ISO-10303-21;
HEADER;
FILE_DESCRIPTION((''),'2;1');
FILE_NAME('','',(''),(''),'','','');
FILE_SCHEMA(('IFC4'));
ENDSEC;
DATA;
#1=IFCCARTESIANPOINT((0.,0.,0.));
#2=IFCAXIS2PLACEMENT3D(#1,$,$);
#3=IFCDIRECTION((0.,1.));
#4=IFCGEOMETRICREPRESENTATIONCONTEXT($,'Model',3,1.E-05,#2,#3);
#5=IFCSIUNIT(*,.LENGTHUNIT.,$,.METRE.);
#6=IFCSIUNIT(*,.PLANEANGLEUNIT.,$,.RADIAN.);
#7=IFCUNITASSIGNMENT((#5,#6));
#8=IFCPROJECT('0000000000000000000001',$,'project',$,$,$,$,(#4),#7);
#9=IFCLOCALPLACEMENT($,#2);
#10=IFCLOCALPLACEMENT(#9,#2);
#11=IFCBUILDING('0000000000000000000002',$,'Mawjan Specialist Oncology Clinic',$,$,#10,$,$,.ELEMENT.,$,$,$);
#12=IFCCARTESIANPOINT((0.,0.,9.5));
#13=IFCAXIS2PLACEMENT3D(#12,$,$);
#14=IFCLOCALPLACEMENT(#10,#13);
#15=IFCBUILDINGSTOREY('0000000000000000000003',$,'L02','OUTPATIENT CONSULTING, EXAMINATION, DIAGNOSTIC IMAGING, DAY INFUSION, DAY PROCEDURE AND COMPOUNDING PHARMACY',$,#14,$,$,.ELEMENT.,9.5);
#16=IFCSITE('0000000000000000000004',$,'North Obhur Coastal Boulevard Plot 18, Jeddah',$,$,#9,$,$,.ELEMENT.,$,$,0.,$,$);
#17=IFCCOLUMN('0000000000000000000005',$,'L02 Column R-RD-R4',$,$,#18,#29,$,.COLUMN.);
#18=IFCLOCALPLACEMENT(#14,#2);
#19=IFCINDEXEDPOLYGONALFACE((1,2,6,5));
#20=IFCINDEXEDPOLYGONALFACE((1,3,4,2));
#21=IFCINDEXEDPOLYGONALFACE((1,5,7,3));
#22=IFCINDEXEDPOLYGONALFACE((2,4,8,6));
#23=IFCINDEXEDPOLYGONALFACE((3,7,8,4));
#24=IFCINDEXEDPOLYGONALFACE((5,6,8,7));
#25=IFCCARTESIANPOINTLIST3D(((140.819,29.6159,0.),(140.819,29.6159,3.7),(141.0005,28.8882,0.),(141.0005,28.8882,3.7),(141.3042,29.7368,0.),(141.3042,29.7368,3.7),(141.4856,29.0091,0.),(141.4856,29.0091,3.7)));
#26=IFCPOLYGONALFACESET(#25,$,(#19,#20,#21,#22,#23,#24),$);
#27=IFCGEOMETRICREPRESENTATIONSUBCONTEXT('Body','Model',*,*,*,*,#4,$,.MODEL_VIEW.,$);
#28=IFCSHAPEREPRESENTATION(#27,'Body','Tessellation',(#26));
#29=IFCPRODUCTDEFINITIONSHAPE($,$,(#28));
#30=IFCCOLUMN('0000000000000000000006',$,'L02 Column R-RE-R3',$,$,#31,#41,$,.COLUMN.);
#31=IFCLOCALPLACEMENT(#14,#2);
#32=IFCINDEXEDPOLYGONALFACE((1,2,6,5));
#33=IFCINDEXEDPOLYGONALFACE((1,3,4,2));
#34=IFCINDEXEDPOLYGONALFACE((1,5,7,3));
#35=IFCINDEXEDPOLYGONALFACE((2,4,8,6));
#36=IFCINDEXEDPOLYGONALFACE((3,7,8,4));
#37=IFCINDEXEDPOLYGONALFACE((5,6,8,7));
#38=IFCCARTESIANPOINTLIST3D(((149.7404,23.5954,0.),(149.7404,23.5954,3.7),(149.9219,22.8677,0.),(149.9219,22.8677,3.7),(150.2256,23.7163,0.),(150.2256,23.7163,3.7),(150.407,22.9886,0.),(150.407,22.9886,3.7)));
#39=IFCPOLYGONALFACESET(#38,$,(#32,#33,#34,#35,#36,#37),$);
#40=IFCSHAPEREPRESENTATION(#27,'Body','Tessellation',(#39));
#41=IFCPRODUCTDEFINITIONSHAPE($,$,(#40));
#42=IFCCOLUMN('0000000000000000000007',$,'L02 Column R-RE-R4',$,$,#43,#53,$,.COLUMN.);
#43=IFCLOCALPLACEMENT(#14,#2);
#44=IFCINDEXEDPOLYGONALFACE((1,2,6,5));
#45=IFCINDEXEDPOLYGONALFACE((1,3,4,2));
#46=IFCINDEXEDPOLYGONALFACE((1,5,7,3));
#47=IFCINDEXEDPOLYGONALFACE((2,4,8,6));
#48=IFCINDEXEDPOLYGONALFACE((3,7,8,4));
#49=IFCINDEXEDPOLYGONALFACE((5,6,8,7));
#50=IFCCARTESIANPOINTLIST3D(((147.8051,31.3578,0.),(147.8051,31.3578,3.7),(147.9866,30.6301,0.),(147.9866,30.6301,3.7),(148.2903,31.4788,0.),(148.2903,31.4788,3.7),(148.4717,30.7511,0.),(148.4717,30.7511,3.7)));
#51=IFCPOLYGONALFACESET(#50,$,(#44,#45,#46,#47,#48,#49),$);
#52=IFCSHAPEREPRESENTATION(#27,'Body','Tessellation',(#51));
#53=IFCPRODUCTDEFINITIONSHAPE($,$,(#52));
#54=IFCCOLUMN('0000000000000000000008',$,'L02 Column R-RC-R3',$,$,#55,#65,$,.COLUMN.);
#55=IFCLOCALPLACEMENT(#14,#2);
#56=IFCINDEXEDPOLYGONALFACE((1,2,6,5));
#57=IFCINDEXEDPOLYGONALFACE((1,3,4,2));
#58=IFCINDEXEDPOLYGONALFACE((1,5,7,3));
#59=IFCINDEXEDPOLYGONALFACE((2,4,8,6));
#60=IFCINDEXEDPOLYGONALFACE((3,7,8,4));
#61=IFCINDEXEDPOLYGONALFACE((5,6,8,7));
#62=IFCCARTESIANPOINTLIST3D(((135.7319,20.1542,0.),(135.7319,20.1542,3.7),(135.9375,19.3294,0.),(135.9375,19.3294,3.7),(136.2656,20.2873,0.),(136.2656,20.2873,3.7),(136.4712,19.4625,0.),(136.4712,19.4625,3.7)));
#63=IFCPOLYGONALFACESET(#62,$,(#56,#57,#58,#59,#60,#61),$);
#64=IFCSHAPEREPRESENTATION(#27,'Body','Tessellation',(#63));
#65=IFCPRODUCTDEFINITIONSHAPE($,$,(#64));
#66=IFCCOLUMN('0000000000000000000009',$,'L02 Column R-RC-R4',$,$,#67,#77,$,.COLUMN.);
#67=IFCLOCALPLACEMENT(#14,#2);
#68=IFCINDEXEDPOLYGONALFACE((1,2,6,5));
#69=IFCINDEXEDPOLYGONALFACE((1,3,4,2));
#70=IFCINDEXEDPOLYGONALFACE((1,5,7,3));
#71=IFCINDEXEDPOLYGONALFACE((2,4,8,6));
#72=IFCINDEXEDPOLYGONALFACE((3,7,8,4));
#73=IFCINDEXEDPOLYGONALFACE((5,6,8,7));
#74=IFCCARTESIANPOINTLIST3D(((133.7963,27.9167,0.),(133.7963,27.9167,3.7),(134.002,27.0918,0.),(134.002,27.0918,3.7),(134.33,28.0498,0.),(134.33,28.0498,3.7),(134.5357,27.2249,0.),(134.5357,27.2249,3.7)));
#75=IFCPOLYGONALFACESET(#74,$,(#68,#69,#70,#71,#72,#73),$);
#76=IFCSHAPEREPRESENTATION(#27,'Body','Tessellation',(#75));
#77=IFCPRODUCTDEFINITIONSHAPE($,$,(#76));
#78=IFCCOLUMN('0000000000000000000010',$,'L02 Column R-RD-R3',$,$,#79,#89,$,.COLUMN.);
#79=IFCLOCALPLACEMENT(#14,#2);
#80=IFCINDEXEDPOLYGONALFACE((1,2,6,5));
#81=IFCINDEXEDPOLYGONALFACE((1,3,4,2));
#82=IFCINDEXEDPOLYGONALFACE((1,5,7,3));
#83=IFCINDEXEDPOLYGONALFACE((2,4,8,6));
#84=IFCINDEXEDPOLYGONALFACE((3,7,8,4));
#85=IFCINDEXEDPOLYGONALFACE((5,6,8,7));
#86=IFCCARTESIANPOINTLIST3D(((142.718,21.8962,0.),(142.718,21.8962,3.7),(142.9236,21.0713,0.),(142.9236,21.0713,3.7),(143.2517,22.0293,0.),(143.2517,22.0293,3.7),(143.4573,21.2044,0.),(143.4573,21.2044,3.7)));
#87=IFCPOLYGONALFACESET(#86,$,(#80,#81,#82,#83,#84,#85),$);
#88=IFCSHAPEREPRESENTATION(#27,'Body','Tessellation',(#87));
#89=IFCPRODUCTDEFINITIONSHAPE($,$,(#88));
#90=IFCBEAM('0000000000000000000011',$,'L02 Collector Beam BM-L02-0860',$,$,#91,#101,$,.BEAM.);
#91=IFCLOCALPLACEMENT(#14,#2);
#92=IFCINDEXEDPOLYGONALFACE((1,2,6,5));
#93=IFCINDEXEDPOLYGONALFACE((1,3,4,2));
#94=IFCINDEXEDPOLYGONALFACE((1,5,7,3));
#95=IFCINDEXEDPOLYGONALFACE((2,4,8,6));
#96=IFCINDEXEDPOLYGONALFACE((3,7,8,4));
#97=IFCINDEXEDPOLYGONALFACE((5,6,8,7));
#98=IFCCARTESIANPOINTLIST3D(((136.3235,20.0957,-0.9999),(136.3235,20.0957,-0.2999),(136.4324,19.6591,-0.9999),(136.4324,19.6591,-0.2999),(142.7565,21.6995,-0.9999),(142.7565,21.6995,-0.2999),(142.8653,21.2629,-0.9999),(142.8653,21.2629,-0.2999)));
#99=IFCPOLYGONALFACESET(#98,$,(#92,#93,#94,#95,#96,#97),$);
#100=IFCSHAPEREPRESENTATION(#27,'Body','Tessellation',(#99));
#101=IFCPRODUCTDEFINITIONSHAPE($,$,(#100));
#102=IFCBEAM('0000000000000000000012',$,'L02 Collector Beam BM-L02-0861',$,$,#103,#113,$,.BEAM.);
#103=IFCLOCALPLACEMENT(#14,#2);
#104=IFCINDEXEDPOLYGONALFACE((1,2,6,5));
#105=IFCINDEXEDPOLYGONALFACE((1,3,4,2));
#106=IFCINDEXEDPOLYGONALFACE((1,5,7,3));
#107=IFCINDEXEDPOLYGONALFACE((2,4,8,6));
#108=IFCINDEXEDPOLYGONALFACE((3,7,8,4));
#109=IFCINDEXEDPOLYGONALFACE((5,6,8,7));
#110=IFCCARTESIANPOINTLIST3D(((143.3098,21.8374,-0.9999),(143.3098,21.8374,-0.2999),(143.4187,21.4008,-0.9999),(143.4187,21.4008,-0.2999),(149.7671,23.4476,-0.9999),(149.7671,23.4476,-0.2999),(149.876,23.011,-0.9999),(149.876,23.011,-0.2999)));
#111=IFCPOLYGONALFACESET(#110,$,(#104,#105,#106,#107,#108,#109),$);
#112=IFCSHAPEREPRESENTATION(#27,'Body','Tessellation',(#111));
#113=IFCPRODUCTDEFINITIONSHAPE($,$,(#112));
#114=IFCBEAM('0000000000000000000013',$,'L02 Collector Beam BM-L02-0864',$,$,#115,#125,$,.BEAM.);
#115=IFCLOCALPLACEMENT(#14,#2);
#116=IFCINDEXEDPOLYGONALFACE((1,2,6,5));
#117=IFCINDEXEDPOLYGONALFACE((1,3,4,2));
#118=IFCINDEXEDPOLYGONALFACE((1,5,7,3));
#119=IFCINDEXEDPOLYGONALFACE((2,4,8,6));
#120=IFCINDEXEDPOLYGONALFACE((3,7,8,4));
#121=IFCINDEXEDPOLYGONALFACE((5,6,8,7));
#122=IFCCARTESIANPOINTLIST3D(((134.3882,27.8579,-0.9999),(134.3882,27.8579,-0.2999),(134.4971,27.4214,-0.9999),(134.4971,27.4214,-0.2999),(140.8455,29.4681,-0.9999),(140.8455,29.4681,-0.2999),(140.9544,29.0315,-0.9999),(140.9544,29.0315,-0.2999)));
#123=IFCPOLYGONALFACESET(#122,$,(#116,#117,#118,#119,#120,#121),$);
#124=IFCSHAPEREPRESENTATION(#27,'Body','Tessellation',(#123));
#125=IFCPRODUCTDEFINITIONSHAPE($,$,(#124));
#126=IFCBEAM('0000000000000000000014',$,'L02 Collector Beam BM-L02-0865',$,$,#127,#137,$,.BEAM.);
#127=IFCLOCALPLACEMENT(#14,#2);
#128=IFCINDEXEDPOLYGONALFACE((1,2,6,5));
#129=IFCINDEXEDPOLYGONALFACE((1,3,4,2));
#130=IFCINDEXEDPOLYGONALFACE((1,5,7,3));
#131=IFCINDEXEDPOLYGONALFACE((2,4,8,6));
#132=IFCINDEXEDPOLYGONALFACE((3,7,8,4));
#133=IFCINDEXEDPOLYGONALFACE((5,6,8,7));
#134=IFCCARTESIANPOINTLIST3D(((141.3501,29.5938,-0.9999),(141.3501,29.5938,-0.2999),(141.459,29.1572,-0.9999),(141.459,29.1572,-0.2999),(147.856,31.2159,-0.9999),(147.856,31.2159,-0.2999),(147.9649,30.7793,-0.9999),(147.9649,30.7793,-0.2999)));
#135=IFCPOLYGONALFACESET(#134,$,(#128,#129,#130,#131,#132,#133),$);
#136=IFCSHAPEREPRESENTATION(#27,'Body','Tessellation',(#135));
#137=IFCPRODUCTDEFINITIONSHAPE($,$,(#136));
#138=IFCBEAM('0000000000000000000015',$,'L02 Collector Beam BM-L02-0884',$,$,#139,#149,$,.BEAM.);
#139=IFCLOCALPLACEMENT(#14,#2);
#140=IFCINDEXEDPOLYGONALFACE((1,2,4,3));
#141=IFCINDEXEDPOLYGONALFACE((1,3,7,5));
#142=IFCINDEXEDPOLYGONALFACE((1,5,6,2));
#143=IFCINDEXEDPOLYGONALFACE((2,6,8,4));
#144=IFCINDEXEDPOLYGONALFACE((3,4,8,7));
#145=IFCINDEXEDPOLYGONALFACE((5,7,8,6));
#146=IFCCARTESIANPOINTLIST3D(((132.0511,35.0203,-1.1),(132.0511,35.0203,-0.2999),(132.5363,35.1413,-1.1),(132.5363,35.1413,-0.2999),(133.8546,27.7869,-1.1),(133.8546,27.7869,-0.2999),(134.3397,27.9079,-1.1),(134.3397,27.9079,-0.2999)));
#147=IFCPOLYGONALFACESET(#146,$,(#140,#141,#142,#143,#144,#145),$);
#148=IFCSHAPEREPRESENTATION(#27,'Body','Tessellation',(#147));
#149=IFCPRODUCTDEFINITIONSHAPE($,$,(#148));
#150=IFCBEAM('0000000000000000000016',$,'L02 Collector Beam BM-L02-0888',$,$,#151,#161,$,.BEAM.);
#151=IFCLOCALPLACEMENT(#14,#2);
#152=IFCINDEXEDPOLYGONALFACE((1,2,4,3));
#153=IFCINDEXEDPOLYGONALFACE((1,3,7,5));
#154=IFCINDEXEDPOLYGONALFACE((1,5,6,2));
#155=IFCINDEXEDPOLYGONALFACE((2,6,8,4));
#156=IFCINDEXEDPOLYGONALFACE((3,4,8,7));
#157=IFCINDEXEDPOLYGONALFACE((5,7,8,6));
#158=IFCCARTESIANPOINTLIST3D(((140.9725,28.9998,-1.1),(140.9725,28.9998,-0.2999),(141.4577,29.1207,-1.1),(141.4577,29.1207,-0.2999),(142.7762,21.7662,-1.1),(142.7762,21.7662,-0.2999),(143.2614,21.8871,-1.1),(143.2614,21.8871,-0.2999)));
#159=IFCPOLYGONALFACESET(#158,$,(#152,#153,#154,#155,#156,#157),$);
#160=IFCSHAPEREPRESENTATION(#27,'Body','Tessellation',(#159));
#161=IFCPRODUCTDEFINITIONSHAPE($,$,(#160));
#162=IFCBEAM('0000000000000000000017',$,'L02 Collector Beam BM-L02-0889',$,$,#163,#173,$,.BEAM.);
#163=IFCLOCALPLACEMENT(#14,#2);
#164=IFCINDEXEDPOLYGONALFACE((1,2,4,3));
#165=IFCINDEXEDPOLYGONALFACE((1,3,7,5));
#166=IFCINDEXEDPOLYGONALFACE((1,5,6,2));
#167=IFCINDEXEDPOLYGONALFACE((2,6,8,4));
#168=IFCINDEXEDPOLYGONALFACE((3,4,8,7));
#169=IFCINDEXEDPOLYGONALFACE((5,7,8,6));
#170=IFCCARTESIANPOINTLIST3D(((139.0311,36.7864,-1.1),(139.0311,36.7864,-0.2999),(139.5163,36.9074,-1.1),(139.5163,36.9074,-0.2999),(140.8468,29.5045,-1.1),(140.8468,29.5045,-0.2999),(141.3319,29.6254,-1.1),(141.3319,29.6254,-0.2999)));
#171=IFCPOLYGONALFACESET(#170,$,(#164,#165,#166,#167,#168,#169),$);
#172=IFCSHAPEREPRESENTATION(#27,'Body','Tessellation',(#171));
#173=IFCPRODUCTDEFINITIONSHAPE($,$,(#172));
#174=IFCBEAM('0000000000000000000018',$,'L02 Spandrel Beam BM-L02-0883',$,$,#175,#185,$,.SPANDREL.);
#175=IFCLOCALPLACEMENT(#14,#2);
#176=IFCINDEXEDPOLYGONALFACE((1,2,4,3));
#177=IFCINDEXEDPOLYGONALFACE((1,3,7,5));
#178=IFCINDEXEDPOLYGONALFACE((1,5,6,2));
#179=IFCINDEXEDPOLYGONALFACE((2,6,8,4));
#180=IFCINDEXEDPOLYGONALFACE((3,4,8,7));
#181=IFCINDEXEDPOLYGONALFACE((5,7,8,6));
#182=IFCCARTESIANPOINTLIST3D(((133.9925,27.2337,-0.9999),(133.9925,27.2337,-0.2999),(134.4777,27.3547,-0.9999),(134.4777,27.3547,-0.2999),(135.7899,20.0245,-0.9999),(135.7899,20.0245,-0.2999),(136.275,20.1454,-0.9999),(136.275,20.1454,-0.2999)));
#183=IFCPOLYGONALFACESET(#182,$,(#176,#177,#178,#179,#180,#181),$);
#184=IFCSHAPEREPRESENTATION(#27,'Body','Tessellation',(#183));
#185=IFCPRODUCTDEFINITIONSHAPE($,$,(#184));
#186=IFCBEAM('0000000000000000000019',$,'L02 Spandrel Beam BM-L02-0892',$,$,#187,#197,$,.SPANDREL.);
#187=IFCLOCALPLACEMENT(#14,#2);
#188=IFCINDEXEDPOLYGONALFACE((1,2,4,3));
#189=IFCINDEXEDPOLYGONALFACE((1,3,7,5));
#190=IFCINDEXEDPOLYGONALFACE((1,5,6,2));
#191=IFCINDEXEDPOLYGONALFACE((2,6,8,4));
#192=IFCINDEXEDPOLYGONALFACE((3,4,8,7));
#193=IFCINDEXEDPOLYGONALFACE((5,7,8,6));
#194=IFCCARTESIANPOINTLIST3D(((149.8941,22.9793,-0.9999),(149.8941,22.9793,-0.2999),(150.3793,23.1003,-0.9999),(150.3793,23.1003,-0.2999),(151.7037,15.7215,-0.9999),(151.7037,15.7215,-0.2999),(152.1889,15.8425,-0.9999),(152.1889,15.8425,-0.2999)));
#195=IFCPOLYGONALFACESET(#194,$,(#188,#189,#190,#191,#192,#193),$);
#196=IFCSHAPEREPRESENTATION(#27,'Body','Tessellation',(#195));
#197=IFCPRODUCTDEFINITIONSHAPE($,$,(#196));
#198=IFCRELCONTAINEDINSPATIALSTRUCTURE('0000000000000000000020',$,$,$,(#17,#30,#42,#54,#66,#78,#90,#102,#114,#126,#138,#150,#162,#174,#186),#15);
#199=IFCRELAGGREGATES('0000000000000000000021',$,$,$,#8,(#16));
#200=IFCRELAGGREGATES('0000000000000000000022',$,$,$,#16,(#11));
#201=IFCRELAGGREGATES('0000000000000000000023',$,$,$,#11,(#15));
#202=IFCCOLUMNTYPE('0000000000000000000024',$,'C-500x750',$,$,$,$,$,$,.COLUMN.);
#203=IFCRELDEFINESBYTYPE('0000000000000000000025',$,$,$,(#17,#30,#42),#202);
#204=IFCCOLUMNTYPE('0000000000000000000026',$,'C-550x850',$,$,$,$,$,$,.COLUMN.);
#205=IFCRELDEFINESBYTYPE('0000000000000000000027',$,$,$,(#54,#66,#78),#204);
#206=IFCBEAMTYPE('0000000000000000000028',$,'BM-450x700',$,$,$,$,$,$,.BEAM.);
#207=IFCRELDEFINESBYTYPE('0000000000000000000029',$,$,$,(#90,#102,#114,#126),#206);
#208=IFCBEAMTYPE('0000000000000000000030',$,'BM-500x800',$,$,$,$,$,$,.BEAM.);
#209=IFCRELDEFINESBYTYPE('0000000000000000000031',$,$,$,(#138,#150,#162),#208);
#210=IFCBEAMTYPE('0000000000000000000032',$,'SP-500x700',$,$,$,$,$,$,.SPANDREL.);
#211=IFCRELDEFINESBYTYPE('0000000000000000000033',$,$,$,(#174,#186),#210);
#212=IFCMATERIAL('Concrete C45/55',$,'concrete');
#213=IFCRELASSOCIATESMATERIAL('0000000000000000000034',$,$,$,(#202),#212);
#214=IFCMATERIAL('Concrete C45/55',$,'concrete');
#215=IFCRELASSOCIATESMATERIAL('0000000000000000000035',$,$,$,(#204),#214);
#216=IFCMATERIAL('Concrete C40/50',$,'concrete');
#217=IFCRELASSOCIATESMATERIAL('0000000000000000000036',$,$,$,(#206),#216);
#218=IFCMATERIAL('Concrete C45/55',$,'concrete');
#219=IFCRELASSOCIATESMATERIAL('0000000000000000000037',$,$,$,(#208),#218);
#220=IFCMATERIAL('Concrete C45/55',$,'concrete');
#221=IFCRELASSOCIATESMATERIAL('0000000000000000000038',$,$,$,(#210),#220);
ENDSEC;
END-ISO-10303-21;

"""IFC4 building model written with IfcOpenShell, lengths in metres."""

from ifc_helpers import new_model, si_unit, direction, frame, origin, origin_2d, place, context, subcontext, project, spatial, rectangle, extrude, material, material_profile, profile_set, type_object, element, save


model = new_model("IFC4")

# Units and contexts
model_context = context("Model", 3, precision=1e-05, world=origin(), true_north=direction((0.0, 1.0)))
body_context = subcontext(model_context, "Body", "Model", "MODEL_VIEW")
ifc_project = project(units=[si_unit("LENGTHUNIT", "METRE"), si_unit("PLANEANGLEUNIT", "RADIAN")], contexts=[model_context])

# Site, building, storey
site_placement = place(None, origin())
site = spatial("IfcSite", under=ifc_project, at=site_placement, Name="North Obhur Coastal Boulevard Plot 18, Jeddah", CompositionType="ELEMENT", RefElevation=0.0)
building_placement = place(site_placement, origin())
building = spatial("IfcBuilding", under=site, at=building_placement, Name="Mawjan Specialist Oncology Clinic", CompositionType="ELEMENT")
storey_placement = place(building_placement, frame((0.0, 0.0, 9.5)))
storey = spatial("IfcBuildingStorey", under=building, at=storey_placement, Name="L02", Description="OUTPATIENT CONSULTING, EXAMINATION, DIAGNOSTIC IMAGING, DAY INFUSION, DAY PROCEDURE AND COMPOUNDING PHARMACY", CompositionType="ELEMENT", Elevation=9.5)

# Columns
ifc_material_1 = material(Name="Concrete C45/55", Category="concrete")
ifc_material_profile_1 = material_profile(ifc_material_1, rectangle(XDim=0.5, YDim=0.75, at=origin_2d()), Name="RC COL 500x750", Category="concrete")
ifc_profile_set_1 = profile_set([ifc_material_profile_1], Name="Concrete C45/55")
column_type_1 = type_object("IfcColumnType", Name="C-500x750", PredefinedType="COLUMN", material=ifc_profile_set_1)
for number, where, z_axis, x_axis, name in (
    (1, (141.1523, 29.3125, 0.0), (0.0, 0.0, 1.0), (0.970296, 0.241922, 0.0), "L02 Column R-RD-R4"),
    (2, (150.0737, 23.292, 0.0), (0.0, 0.0, 1.0), (0.970296, 0.241922, 0.0), "L02 Column R-RE-R3"),
    (3, (148.1384, 31.0544, 0.0), (0.0, 0.0, 1.0), (0.970296, 0.241922, 0.0), "L02 Column R-RE-R4"),
):
    element("IfcColumn", number, at=place(storey_placement, frame(where, z_axis=z_axis, x_axis=x_axis)), inside=storey, type_object=column_type_1, Name=name, PredefinedType="COLUMN", context=body_context, shape_type="SweptSolid", body=[
        extrude(rectangle(XDim=0.5, YDim=0.75, at=origin_2d()), origin(), (0.0, 0.0, 1.0), 3.7),
    ])
ifc_material_2 = material(Name="Concrete C45/55", Category="concrete")
ifc_material_profile_2 = material_profile(ifc_material_2, rectangle(XDim=0.55, YDim=0.8501, at=origin_2d()), Name="RC COL 550x850", Category="concrete")
ifc_profile_set_2 = profile_set([ifc_material_profile_2], Name="Concrete C45/55")
column_type_2 = type_object("IfcColumnType", Name="C-550x850", PredefinedType="COLUMN", material=ifc_profile_set_2)
for number, where, z_axis, x_axis, name in (
    (4, (136.1016, 19.8083, 0.0), (0.0, 0.0, 1.0), (0.970296, 0.241922, 0.0), "L02 Column R-RC-R3"),
    (5, (134.166, 27.5708, 0.0), (0.0, 0.0, 1.0), (0.970296, 0.241922, 0.0), "L02 Column R-RC-R4"),
    (6, (143.0876, 21.5503, 0.0), (0.0, 0.0, 1.0), (0.970296, 0.241922, 0.0), "L02 Column R-RD-R3"),
):
    element("IfcColumn", number, at=place(storey_placement, frame(where, z_axis=z_axis, x_axis=x_axis)), inside=storey, type_object=column_type_2, Name=name, PredefinedType="COLUMN", context=body_context, shape_type="SweptSolid", body=[
        extrude(rectangle(XDim=0.55, YDim=0.8501, at=origin_2d()), origin(), (0.0, 0.0, 1.0), 3.7),
    ])

# Beams
ifc_material_3 = material(Name="Concrete C40/50", Category="concrete")
ifc_material_profile_3 = material_profile(ifc_material_3, rectangle(XDim=0.45, YDim=0.7, at=origin_2d()), Name="RC BM 450x700", Category="concrete")
ifc_profile_set_3 = profile_set([ifc_material_profile_3], Name="Concrete C40/50")
beam_type_1 = type_object("IfcBeamType", Name="BM-450x700", PredefinedType="BEAM", material=ifc_profile_set_3)
beam_1_placement = place(storey_placement, frame((136.3779, 19.8774, -0.6499), z_axis=(0.970303, 0.241894, 0.0), x_axis=(-0.241894, 0.970303, 0.0)))
element("IfcBeam", 7, at=beam_1_placement, inside=storey, type_object=beam_type_1, Name="L02 Collector Beam BM-L02-0860", PredefinedType="BEAM", context=body_context, shape_type="SweptSolid", body=[
    extrude(rectangle(XDim=0.45, YDim=0.7, at=origin_2d()), origin(), (0.0, 0.0, 1.0), 6.6299),
])
for number, where, z_axis, x_axis, name in (
    (8, (143.3643, 21.6191, -0.6499), (0.970291, 0.24194, 0.0), (-0.24194, 0.970291, 0.0), "L02 Collector Beam BM-L02-0861"),
    (9, (134.4426, 27.6396, -0.6499), (0.970291, 0.24194, 0.0), (-0.24194, 0.970291, 0.0), "L02 Collector Beam BM-L02-0864"),
):
    element("IfcBeam", number, at=place(storey_placement, frame(where, z_axis=z_axis, x_axis=x_axis)), inside=storey, type_object=beam_type_1, Name=name, PredefinedType="BEAM", context=body_context, shape_type="SweptSolid", body=[
        extrude(rectangle(XDim=0.45, YDim=0.7, at=origin_2d()), origin(), (0.0, 0.0, 1.0), 6.655),
    ])
beam_2_placement = place(storey_placement, frame((141.4045, 29.3755, -0.6499), z_axis=(0.970297, 0.241919, 0.0), x_axis=(-0.241919, 0.970297, 0.0)))
element("IfcBeam", 10, at=beam_2_placement, inside=storey, type_object=beam_type_1, Name="L02 Collector Beam BM-L02-0865", PredefinedType="BEAM", context=body_context, shape_type="SweptSolid", body=[
    extrude(rectangle(XDim=0.45, YDim=0.7, at=origin_2d()), origin(), (0.0, 0.0, 1.0), 6.7051),
])
ifc_material_4 = material(Name="Concrete C45/55", Category="concrete")
ifc_material_profile_4 = material_profile(ifc_material_4, rectangle(XDim=0.5, YDim=0.8, at=origin_2d()), Name="RC BM 500x800", Category="concrete")
ifc_profile_set_4 = profile_set([ifc_material_profile_4], Name="Concrete C45/55")
beam_type_2 = type_object("IfcBeamType", Name="BM-500x800", PredefinedType="BEAM", material=ifc_profile_set_4)
beam_3_placement = place(storey_placement, frame((134.0972, 27.8474, -0.7), z_axis=(-0.241919, 0.970296, 0.0), x_axis=(-0.970296, -0.241919, 0.0)))
element("IfcBeam", 11, at=beam_3_placement, inside=storey, type_object=beam_type_2, Name="L02 Collector Beam BM-L02-0884", PredefinedType="BEAM", context=body_context, shape_type="SweptSolid", body=[
    extrude(rectangle(XDim=0.5, YDim=0.8, at=origin_2d()), origin(), (0.0, 0.0, 1.0), 7.4548),
])
beam_4_placement = place(storey_placement, frame((143.0188, 21.8267, -0.7), z_axis=(-0.241942, 0.970291, 0.0), x_axis=(-0.970291, -0.241942, 0.0)))
element("IfcBeam", 12, at=beam_4_placement, inside=storey, type_object=beam_type_2, Name="L02 Collector Beam BM-L02-0888", PredefinedType="BEAM", context=body_context, shape_type="SweptSolid", body=[
    extrude(rectangle(XDim=0.5, YDim=0.8, at=origin_2d()), origin(), (0.0, 0.0, 1.0), 7.4551),
])
beam_5_placement = place(storey_placement, frame((141.0894, 29.5649, -0.7), z_axis=(-0.241931, 0.970293, 0.0), x_axis=(-0.970293, -0.241931, 0.0)))
element("IfcBeam", 13, at=beam_5_placement, inside=storey, type_object=beam_type_2, Name="L02 Collector Beam BM-L02-0889", PredefinedType="BEAM", context=body_context, shape_type="SweptSolid", body=[
    extrude(rectangle(XDim=0.5, YDim=0.8, at=origin_2d()), origin(), (0.0, 0.0, 1.0), 7.5049),
])
ifc_material_5 = material(Name="Concrete C45/55", Category="concrete")
ifc_material_profile_5 = material_profile(ifc_material_5, rectangle(XDim=0.5, YDim=0.7, at=origin_2d()), Name="RC BM 500x700", Category="concrete")
ifc_profile_set_5 = profile_set([ifc_material_profile_5], Name="Concrete C45/55")
beam_type_3 = type_object("IfcBeamType", Name="SP-500x700", PredefinedType="SPANDREL", material=ifc_profile_set_5)
beam_6_placement = place(storey_placement, frame((136.0325, 20.085, -0.6499), z_axis=(-0.241909, 0.970299, 0.0), x_axis=(-0.970299, -0.241909, 0.0)))
element("IfcBeam", 14, at=beam_6_placement, inside=storey, type_object=beam_type_3, Name="L02 Spandrel Beam BM-L02-0883", PredefinedType="SPANDREL", context=body_context, shape_type="SweptSolid", body=[
    extrude(rectangle(XDim=0.5, YDim=0.7, at=origin_2d()), origin(), (0.0, 0.0, 1.0), 7.4299),
])
beam_7_placement = place(storey_placement, frame((151.9463, 15.782, -0.6499), z_axis=(-0.241921, 0.970296, 0.0), x_axis=(-0.970296, -0.241921, 0.0)))
element("IfcBeam", 15, at=beam_7_placement, inside=storey, type_object=beam_type_3, Name="L02 Spandrel Beam BM-L02-0892", PredefinedType="SPANDREL", context=body_context, shape_type="SweptSolid", body=[
    extrude(rectangle(XDim=0.5, YDim=0.7, at=origin_2d()), origin(), (0.0, 0.0, 1.0), 7.48),
])

save(model, "model.ifc")
